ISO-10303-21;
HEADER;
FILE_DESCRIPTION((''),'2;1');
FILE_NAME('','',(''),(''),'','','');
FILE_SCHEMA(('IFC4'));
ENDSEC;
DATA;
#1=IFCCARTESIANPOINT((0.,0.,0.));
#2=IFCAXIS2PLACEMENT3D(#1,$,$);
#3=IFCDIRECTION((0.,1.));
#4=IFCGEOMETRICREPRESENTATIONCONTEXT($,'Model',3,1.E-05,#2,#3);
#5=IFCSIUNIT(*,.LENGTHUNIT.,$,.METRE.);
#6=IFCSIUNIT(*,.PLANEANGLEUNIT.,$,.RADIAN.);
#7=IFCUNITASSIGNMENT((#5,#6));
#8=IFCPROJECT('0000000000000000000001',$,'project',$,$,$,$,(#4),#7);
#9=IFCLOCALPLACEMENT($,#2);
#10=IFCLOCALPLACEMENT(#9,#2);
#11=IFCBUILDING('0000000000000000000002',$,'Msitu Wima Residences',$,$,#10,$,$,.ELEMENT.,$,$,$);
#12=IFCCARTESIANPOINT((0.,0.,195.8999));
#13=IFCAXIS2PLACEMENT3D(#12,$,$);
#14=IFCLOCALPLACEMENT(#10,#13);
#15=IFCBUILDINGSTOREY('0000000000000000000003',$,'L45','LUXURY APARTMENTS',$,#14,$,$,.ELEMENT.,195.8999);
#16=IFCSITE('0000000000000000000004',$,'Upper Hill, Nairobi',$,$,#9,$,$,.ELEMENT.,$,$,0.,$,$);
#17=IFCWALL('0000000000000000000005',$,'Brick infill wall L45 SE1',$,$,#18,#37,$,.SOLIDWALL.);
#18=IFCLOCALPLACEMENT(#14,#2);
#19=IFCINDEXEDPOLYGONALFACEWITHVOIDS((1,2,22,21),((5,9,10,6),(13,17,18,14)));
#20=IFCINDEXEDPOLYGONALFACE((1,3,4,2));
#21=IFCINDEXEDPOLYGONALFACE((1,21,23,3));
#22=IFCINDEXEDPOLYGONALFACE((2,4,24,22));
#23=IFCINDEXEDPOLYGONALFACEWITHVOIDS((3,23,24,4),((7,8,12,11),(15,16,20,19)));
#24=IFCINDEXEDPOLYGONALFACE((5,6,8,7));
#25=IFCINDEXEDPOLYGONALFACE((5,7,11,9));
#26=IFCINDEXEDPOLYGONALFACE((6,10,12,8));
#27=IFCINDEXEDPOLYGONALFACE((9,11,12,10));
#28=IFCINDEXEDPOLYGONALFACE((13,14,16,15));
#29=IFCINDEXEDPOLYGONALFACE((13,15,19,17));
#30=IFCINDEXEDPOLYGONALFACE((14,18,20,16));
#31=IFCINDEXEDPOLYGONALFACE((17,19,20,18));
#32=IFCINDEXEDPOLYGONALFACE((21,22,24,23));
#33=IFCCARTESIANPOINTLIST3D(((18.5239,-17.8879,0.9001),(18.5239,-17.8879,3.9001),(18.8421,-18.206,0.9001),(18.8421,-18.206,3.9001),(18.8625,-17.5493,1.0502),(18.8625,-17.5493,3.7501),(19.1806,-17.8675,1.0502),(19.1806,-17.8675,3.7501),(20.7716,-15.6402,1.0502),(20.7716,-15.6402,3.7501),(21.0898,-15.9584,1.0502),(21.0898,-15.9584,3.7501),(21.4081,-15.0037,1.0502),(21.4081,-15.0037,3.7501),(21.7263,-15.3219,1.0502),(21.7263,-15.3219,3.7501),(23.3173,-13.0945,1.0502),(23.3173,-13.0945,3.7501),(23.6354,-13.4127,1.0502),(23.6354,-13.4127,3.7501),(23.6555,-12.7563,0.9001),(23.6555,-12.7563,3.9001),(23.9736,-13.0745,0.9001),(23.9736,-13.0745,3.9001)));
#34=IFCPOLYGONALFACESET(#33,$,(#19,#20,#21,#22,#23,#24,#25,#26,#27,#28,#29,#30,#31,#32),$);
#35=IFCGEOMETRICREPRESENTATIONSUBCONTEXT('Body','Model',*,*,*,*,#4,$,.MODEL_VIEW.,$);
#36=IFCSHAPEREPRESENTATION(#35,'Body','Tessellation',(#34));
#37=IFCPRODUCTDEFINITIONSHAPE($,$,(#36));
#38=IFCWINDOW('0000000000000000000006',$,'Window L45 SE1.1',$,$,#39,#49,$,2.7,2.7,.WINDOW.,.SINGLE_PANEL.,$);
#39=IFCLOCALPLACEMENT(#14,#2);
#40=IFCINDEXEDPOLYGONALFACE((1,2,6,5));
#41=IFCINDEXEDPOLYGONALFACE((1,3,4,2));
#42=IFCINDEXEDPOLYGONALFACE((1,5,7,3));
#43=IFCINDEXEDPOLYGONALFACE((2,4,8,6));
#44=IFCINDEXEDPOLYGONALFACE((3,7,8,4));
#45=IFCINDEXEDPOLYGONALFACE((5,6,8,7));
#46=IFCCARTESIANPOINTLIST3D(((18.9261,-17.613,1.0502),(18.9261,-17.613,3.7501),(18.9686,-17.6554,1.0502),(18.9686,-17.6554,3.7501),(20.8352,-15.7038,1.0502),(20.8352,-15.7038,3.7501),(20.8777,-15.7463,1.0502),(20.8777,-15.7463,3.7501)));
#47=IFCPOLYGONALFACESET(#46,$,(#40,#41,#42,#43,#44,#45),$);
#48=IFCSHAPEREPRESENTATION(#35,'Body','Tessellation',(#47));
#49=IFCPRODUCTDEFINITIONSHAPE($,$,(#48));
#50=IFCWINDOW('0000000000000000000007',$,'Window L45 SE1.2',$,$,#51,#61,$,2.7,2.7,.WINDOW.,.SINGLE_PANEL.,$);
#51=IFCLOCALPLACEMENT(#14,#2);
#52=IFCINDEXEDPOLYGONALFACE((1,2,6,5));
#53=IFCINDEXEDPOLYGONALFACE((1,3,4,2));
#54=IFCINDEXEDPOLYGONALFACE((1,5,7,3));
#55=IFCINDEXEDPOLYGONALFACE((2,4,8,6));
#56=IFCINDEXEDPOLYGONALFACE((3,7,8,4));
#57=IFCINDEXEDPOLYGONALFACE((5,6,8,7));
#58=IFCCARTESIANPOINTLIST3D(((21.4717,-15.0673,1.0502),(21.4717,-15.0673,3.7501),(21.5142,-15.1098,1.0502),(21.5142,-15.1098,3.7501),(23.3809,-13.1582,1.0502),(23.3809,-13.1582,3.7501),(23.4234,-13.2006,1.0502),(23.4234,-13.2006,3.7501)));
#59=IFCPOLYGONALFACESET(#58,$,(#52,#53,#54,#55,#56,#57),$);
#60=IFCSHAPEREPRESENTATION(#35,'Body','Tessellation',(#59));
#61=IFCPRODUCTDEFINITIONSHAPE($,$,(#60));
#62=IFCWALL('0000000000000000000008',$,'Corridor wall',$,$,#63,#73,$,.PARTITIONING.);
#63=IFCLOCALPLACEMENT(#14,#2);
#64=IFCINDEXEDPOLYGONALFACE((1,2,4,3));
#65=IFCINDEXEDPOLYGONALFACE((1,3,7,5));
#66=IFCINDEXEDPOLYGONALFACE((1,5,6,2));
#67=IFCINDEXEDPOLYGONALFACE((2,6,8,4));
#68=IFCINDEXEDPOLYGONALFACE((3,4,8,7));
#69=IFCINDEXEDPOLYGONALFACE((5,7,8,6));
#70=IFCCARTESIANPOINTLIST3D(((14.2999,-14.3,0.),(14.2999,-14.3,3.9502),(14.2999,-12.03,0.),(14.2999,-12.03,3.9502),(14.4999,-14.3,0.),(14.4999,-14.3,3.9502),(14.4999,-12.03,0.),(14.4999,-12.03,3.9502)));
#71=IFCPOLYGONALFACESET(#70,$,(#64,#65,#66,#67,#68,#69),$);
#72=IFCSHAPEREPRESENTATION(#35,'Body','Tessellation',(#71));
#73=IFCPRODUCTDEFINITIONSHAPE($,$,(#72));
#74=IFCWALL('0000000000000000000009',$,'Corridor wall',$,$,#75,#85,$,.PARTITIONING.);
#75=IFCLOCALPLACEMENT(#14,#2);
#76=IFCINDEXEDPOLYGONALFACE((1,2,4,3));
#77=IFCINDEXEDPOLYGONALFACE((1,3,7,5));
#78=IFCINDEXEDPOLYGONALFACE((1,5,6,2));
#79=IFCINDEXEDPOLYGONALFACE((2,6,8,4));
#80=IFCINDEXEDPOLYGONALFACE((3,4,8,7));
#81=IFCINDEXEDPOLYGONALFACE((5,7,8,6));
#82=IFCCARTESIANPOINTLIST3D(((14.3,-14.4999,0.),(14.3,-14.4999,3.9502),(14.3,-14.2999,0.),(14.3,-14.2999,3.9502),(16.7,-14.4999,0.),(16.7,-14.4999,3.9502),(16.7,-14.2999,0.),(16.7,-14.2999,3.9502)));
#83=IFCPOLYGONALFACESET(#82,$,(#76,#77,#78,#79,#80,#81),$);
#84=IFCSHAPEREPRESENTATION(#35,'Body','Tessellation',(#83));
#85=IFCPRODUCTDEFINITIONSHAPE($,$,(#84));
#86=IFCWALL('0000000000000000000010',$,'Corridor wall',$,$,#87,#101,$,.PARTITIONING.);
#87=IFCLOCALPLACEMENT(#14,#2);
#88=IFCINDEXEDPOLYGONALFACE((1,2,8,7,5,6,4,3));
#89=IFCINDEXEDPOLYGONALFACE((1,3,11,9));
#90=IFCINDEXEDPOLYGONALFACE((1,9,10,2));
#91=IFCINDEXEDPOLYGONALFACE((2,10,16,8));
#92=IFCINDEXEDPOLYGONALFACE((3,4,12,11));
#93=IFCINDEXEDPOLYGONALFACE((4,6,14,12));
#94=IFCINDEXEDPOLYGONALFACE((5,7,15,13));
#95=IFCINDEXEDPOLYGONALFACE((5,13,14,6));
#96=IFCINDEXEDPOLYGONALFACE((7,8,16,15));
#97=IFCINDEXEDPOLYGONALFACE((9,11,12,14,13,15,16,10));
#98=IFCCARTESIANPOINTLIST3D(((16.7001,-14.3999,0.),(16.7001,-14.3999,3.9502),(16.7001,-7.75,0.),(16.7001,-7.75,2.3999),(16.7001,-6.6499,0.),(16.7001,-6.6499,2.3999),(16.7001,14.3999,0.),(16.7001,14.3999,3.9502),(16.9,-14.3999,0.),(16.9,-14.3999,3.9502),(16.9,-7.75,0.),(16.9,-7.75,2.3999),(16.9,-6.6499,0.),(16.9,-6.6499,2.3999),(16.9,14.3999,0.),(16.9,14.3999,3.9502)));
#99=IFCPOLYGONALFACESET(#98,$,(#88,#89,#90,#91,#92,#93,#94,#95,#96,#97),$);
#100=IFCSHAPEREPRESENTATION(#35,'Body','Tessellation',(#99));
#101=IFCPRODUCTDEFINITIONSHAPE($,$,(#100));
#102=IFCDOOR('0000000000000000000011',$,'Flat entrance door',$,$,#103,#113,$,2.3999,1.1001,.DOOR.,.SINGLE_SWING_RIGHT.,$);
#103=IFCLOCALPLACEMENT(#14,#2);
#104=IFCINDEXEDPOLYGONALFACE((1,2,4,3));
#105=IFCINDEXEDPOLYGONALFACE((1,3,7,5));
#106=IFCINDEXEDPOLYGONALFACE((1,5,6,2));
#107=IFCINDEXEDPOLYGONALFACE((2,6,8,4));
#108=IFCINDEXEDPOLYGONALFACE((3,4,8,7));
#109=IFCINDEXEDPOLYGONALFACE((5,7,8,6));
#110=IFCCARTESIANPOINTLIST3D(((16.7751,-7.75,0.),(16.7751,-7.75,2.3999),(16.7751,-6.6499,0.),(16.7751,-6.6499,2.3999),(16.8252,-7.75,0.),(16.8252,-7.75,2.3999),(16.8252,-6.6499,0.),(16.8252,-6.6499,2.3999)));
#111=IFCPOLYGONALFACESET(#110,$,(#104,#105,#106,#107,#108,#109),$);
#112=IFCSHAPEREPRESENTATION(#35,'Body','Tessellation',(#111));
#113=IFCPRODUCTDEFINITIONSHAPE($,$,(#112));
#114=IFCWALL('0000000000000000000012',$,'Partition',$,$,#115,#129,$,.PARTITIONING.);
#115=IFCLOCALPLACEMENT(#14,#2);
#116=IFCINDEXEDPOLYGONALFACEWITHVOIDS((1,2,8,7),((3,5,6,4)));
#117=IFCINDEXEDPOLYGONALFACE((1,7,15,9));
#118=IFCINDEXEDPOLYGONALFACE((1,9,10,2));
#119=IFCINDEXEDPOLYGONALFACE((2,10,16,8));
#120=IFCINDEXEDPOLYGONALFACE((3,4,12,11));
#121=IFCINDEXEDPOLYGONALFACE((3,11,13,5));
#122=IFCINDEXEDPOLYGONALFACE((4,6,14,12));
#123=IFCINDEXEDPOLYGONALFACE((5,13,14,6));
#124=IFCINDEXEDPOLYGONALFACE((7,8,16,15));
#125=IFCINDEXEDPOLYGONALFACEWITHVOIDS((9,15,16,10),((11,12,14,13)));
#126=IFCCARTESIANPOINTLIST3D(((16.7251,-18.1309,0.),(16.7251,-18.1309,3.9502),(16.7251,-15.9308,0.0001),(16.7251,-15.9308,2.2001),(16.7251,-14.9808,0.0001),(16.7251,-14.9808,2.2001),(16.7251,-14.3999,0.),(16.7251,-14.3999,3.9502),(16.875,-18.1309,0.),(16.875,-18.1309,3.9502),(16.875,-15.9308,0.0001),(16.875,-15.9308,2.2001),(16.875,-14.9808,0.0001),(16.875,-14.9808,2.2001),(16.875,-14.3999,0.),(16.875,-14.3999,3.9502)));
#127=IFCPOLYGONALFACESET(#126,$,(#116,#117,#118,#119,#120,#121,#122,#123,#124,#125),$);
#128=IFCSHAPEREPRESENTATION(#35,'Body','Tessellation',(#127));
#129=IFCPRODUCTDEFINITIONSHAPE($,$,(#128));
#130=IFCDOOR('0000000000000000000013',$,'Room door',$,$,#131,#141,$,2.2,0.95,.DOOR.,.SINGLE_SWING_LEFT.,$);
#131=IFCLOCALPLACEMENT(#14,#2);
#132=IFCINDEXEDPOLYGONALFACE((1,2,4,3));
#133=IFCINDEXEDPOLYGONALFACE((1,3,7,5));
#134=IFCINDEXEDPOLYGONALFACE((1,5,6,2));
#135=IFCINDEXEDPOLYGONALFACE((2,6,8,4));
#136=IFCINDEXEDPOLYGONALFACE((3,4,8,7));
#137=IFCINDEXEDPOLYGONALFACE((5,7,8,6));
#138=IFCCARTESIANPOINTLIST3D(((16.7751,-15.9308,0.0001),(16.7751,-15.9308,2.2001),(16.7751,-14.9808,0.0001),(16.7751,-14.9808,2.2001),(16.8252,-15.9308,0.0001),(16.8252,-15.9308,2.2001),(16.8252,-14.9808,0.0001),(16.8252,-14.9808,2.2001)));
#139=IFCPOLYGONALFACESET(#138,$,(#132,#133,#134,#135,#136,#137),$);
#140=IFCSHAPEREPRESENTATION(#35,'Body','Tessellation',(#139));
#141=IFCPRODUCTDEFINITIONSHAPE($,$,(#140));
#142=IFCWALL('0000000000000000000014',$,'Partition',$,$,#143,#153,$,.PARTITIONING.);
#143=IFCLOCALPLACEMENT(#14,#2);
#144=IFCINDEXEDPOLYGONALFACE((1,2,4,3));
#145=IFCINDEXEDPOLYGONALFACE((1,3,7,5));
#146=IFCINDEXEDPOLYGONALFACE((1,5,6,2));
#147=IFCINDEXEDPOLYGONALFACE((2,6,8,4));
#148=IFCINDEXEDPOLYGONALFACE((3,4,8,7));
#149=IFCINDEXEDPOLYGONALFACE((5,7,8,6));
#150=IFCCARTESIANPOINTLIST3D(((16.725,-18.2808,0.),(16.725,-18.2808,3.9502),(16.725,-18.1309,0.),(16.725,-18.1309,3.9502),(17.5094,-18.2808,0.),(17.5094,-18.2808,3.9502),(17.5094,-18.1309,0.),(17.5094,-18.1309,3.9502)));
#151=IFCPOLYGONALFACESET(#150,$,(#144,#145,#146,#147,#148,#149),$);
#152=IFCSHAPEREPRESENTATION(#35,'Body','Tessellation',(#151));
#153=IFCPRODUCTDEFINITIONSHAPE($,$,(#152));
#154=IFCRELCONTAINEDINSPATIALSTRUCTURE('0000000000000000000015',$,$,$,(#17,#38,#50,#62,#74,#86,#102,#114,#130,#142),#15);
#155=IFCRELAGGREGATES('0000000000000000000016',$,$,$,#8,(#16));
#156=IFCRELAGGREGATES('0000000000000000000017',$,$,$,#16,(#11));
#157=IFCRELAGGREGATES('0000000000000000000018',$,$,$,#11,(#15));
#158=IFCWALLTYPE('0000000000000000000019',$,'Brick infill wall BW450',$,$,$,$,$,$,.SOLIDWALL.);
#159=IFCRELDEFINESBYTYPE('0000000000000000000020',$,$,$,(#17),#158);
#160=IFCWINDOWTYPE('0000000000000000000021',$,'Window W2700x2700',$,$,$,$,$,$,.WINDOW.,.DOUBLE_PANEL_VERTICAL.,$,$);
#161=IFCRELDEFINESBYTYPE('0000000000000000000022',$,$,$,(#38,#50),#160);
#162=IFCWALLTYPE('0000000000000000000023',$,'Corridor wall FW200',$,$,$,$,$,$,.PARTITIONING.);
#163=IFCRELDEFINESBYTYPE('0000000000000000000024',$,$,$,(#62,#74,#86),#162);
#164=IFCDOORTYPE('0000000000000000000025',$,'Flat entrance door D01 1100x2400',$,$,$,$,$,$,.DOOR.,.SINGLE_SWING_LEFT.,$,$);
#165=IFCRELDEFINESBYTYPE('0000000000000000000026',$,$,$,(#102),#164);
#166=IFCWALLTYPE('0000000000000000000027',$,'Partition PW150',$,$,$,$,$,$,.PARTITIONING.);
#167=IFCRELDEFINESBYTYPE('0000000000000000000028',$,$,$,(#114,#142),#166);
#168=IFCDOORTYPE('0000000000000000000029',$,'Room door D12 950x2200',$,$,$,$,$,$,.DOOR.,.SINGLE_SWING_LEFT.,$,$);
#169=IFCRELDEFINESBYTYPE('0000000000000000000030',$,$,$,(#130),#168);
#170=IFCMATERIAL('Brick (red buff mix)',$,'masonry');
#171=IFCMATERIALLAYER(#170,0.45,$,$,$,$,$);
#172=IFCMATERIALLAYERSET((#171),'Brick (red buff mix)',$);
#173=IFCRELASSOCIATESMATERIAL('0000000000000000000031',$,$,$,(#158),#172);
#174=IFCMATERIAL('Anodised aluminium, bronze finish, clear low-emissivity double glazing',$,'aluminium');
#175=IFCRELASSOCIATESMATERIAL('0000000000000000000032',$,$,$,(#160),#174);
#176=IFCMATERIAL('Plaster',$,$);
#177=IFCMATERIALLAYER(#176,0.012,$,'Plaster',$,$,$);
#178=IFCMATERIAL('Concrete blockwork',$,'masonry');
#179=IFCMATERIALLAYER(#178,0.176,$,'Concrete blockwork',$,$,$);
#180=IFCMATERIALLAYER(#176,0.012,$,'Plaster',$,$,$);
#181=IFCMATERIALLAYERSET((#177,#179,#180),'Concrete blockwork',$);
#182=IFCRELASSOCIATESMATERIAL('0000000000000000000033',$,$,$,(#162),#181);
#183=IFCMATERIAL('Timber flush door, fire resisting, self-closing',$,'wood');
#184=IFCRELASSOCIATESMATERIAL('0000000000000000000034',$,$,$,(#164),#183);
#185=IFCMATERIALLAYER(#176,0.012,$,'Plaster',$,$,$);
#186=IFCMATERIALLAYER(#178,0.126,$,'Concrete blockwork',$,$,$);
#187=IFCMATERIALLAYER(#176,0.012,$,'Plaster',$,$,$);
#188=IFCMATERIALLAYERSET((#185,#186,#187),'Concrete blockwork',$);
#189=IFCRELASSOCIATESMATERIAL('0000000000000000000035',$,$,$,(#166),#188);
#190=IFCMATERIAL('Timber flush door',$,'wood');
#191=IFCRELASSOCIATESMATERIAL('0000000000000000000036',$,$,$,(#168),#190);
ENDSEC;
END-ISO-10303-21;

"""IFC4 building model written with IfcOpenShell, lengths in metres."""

from ifc_helpers import new_model, si_unit, direction, frame, frame_2d, origin, place, context, subcontext, project, spatial, rectangle, extrude, material, layer, layer_set, type_object, element, fill, save


model = new_model("IFC4")

# Units and contexts
model_context = context("Model", 3, precision=1e-05, world=origin(), true_north=direction((0.0, 1.0)))
body_context = subcontext(model_context, "Body", "Model", "MODEL_VIEW")
ifc_project = project(units=[si_unit("LENGTHUNIT", "METRE"), si_unit("PLANEANGLEUNIT", "RADIAN")], contexts=[model_context])

# Site, building, storey
site_placement = place(None, origin())
site = spatial("IfcSite", under=ifc_project, at=site_placement, Name="Upper Hill, Nairobi", CompositionType="ELEMENT", RefElevation=0.0)
building_placement = place(site_placement, origin())
building = spatial("IfcBuilding", under=site, at=building_placement, Name="Msitu Wima Residences", CompositionType="ELEMENT")
storey_placement = place(building_placement, frame((0.0, 0.0, 195.8999)))
storey = spatial("IfcBuildingStorey", under=building, at=storey_placement, Name="L45", Description="LUXURY APARTMENTS", CompositionType="ELEMENT", Elevation=195.8999)

# Shared definitions
ifc_material_1 = material(Name="Brick (red buff mix)", Category="masonry")
ifc_layer_1 = layer(ifc_material_1, 0.45)
ifc_layer_set_1 = layer_set([ifc_layer_1], Name="Brick (red buff mix)")
wall_type_1 = type_object("IfcWallType", Name="Brick infill wall BW450", PredefinedType="SOLIDWALL", material=ifc_layer_set_1)
ifc_material_2 = material(Name="Anodised aluminium, bronze finish, clear low-emissivity double glazing", Category="aluminium")
window_type = type_object("IfcWindowType", Name="Window W2700x2700", PartitioningType="DOUBLE_PANEL_VERTICAL", PredefinedType="WINDOW", material=ifc_material_2)

# Wall, openings, windows
wall_1_placement = place(storey_placement, frame((18.6831, -18.0469, 0.9001), z_axis=(0.0, 0.0, 1.0), x_axis=(0.707107, 0.707107, 0.0)))
wall_1 = element("IfcWall", 1, at=wall_1_placement, inside=storey, type_object=wall_type_1, Name="Brick infill wall L45 SE1", PredefinedType="SOLIDWALL", context=body_context, shape_type="SweptSolid", body=[
    extrude(rectangle(XDim=7.2571, YDim=0.45, at=frame_2d((3.6284, 0.0))), origin(), (0.0, 0.0, 1.0), 3.0),
])
opening_1_placement = place(wall_1_placement, frame((0.4785, 0.0, 0.1499)))
opening_1 = element("IfcOpeningElement", 2, at=opening_1_placement, cuts=wall_1, PredefinedType="OPENING", context=body_context, shape_type="SweptSolid", body=[
    extrude(rectangle(XDim=2.7, YDim=2.7, at=frame_2d((1.3501, 1.3501))), frame((0.0, 0.2349, 0.0), z_axis=(0.0, -1.0, 0.0), x_axis=(1.0, 0.0, 0.0)), (0.0, 0.0, 1.0), 0.47),
])
opening_2_placement = place(wall_1_placement, frame((4.0786, 0.0, 0.1499)))
opening_2 = element("IfcOpeningElement", 3, at=opening_2_placement, cuts=wall_1, PredefinedType="OPENING", context=body_context, shape_type="SweptSolid", body=[
    extrude(rectangle(XDim=2.7, YDim=2.7, at=frame_2d((1.3501, 1.3501))), frame((0.0, 0.2349, 0.0), z_axis=(0.0, -1.0, 0.0), x_axis=(1.0, 0.0, 0.0)), (0.0, 0.0, 1.0), 0.47),
])
window_1_placement = place(opening_1_placement, origin())
window_1 = element("IfcWindow", 4, at=window_1_placement, inside=storey, type_object=window_type, Name="Window L45 SE1.1", OverallHeight=2.7, OverallWidth=2.7, PartitioningType="SINGLE_PANEL", PredefinedType="WINDOW", context=body_context, shape_type="SweptSolid", body=[
    extrude(rectangle(XDim=2.7, YDim=2.7, at=frame_2d((1.3501, 1.3501))), frame((0.0, 0.135, 0.0), z_axis=(0.0, -1.0, 0.0), x_axis=(1.0, 0.0, 0.0)), (0.0, 0.0, 1.0), 0.0601),
])
fill(opening_1, window_1)
window_2_placement = place(opening_2_placement, origin())
window_2 = element("IfcWindow", 5, at=window_2_placement, inside=storey, type_object=window_type, Name="Window L45 SE1.2", OverallHeight=2.7, OverallWidth=2.7, PartitioningType="SINGLE_PANEL", PredefinedType="WINDOW", context=body_context, shape_type="SweptSolid", body=[
    extrude(rectangle(XDim=2.7, YDim=2.7, at=frame_2d((1.3501, 1.3501))), frame((0.0, 0.135, 0.0), z_axis=(0.0, -1.0, 0.0), x_axis=(1.0, 0.0, 0.0)), (0.0, 0.0, 1.0), 0.0601),
])
fill(opening_2, window_2)

# Walls
ifc_material_3 = material(Name="Plaster")
ifc_layer_2 = layer(ifc_material_3, 0.012, Name="Plaster")
ifc_material_4 = material(Name="Concrete blockwork", Category="masonry")
ifc_layer_3 = layer(ifc_material_4, 0.176, Name="Concrete blockwork")
ifc_layer_4 = layer(ifc_material_3, 0.012, Name="Plaster")
ifc_layer_set_2 = layer_set([ifc_layer_2, ifc_layer_3, ifc_layer_4], Name="Concrete blockwork")
wall_type_2 = type_object("IfcWallType", Name="Corridor wall FW200", PredefinedType="PARTITIONING", material=ifc_layer_set_2)
wall_2_placement = place(storey_placement, frame((14.3999, -14.3, 0.0), z_axis=(0.0, 0.0, 1.0), x_axis=(0.0, 1.0, 0.0)))
element("IfcWall", 6, at=wall_2_placement, inside=storey, type_object=wall_type_2, Name="Corridor wall", PredefinedType="PARTITIONING", context=body_context, shape_type="SweptSolid", body=[
    extrude(rectangle(XDim=2.27, YDim=0.2, at=frame_2d((1.135, 0.0))), origin(), (0.0, 0.0, 1.0), 3.9502),
])
wall_3_placement = place(storey_placement, frame((14.3, -14.3999, 0.0), z_axis=(0.0, 0.0, 1.0), x_axis=(1.0, 0.0, 0.0)))
element("IfcWall", 7, at=wall_3_placement, inside=storey, type_object=wall_type_2, Name="Corridor wall", PredefinedType="PARTITIONING", context=body_context, shape_type="SweptSolid", body=[
    extrude(rectangle(XDim=2.3999, YDim=0.2, at=frame_2d((1.2, 0.0))), origin(), (0.0, 0.0, 1.0), 3.9502),
])

# Walls, openings, doors
wall_4_placement = place(storey_placement, frame((16.8, -14.3999, 0.0), z_axis=(0.0, 0.0, 1.0), x_axis=(0.0, 1.0, 0.0)))
wall_4 = element("IfcWall", 8, at=wall_4_placement, inside=storey, type_object=wall_type_2, Name="Corridor wall", PredefinedType="PARTITIONING", context=body_context, shape_type="SweptSolid", body=[
    extrude(rectangle(XDim=28.7998, YDim=0.2, at=frame_2d((14.3999, 0.0))), origin(), (0.0, 0.0, 1.0), 3.9502),
])
opening_3_placement = place(wall_4_placement, frame((6.6499, 0.0, 0.0)))
opening_3 = element("IfcOpeningElement", 9, at=opening_3_placement, cuts=wall_4, PredefinedType="OPENING", context=body_context, shape_type="SweptSolid", body=[
    extrude(rectangle(XDim=1.1001, YDim=2.3999, at=frame_2d((0.55, 1.2))), frame((0.0, 0.1099, 0.0), z_axis=(0.0, -1.0, 0.0), x_axis=(1.0, 0.0, 0.0)), (0.0, 0.0, 1.0), 0.22),
])
ifc_material_5 = material(Name="Timber flush door, fire resisting, self-closing", Category="wood")
door_type_1 = type_object("IfcDoorType", Name="Flat entrance door D01 1100x2400", OperationType="SINGLE_SWING_LEFT", PredefinedType="DOOR", material=ifc_material_5)
door_1_placement = place(opening_3_placement, origin())
door_1 = element("IfcDoor", 10, at=door_1_placement, inside=storey, type_object=door_type_1, Name="Flat entrance door", OperationType="SINGLE_SWING_RIGHT", OverallHeight=2.3999, OverallWidth=1.1001, PredefinedType="DOOR", context=body_context, shape_type="SweptSolid", body=[
    extrude(rectangle(XDim=1.1001, YDim=2.3999, at=frame_2d((0.55, 1.2))), frame((0.0, 0.0249, 0.0), z_axis=(0.0, -1.0, 0.0), x_axis=(1.0, 0.0, 0.0)), (0.0, 0.0, 1.0), 0.05),
])
fill(opening_3, door_1)
ifc_layer_5 = layer(ifc_material_3, 0.012, Name="Plaster")
ifc_layer_6 = layer(ifc_material_4, 0.126, Name="Concrete blockwork")
ifc_layer_7 = layer(ifc_material_3, 0.012, Name="Plaster")
ifc_layer_set_3 = layer_set([ifc_layer_5, ifc_layer_6, ifc_layer_7], Name="Concrete blockwork")
wall_type_3 = type_object("IfcWallType", Name="Partition PW150", PredefinedType="PARTITIONING", material=ifc_layer_set_3)
wall_5_placement = place(storey_placement, frame((16.8, -18.1309, 0.0), z_axis=(0.0, 0.0, 1.0), x_axis=(0.0, 1.0, 0.0)))
wall_5 = element("IfcWall", 11, at=wall_5_placement, inside=storey, type_object=wall_type_3, Name="Partition", PredefinedType="PARTITIONING", context=body_context, shape_type="SweptSolid", body=[
    extrude(rectangle(XDim=3.731, YDim=0.1499, at=frame_2d((1.8655, 0.0))), origin(), (0.0, 0.0, 1.0), 3.9502),
])
opening_4_placement = place(wall_5_placement, frame((2.2, 0.0, 0.0)))
opening_4 = element("IfcOpeningElement", 12, at=opening_4_placement, cuts=wall_5, PredefinedType="OPENING", context=body_context, shape_type="SweptSolid", body=[
    extrude(rectangle(XDim=0.95, YDim=2.2, at=frame_2d((0.4751, 1.1001))), frame((0.0, 0.085, 0.0), z_axis=(0.0, -1.0, 0.0), x_axis=(1.0, 0.0, 0.0)), (0.0, 0.0, 1.0), 0.1699),
])
ifc_material_6 = material(Name="Timber flush door", Category="wood")
door_type_2 = type_object("IfcDoorType", Name="Room door D12 950x2200", OperationType="SINGLE_SWING_LEFT", PredefinedType="DOOR", material=ifc_material_6)
door_2_placement = place(opening_4_placement, origin())
door_2 = element("IfcDoor", 13, at=door_2_placement, inside=storey, type_object=door_type_2, Name="Room door", OperationType="SINGLE_SWING_LEFT", OverallHeight=2.2, OverallWidth=0.95, PredefinedType="DOOR", context=body_context, shape_type="SweptSolid", body=[
    extrude(rectangle(XDim=0.95, YDim=2.2, at=frame_2d((0.4751, 1.1001))), frame((0.0, 0.0249, 0.0), z_axis=(0.0, -1.0, 0.0), x_axis=(1.0, 0.0, 0.0)), (0.0, 0.0, 1.0), 0.05),
])
fill(opening_4, door_2)

# Wall
wall_6_placement = place(storey_placement, frame((16.7251, -18.2058, 0.0), z_axis=(0.0, 0.0, 1.0), x_axis=(1.0, 0.0, 0.0)))
element("IfcWall", 14, at=wall_6_placement, inside=storey, type_object=wall_type_3, Name="Partition", PredefinedType="PARTITIONING", context=body_context, shape_type="SweptSolid", body=[
    extrude(rectangle(XDim=0.7844, YDim=0.1499, at=frame_2d((0.3921, 0.0))), origin(), (0.0, 0.0, 1.0), 3.9502),
])

save(model, "model.ifc")
